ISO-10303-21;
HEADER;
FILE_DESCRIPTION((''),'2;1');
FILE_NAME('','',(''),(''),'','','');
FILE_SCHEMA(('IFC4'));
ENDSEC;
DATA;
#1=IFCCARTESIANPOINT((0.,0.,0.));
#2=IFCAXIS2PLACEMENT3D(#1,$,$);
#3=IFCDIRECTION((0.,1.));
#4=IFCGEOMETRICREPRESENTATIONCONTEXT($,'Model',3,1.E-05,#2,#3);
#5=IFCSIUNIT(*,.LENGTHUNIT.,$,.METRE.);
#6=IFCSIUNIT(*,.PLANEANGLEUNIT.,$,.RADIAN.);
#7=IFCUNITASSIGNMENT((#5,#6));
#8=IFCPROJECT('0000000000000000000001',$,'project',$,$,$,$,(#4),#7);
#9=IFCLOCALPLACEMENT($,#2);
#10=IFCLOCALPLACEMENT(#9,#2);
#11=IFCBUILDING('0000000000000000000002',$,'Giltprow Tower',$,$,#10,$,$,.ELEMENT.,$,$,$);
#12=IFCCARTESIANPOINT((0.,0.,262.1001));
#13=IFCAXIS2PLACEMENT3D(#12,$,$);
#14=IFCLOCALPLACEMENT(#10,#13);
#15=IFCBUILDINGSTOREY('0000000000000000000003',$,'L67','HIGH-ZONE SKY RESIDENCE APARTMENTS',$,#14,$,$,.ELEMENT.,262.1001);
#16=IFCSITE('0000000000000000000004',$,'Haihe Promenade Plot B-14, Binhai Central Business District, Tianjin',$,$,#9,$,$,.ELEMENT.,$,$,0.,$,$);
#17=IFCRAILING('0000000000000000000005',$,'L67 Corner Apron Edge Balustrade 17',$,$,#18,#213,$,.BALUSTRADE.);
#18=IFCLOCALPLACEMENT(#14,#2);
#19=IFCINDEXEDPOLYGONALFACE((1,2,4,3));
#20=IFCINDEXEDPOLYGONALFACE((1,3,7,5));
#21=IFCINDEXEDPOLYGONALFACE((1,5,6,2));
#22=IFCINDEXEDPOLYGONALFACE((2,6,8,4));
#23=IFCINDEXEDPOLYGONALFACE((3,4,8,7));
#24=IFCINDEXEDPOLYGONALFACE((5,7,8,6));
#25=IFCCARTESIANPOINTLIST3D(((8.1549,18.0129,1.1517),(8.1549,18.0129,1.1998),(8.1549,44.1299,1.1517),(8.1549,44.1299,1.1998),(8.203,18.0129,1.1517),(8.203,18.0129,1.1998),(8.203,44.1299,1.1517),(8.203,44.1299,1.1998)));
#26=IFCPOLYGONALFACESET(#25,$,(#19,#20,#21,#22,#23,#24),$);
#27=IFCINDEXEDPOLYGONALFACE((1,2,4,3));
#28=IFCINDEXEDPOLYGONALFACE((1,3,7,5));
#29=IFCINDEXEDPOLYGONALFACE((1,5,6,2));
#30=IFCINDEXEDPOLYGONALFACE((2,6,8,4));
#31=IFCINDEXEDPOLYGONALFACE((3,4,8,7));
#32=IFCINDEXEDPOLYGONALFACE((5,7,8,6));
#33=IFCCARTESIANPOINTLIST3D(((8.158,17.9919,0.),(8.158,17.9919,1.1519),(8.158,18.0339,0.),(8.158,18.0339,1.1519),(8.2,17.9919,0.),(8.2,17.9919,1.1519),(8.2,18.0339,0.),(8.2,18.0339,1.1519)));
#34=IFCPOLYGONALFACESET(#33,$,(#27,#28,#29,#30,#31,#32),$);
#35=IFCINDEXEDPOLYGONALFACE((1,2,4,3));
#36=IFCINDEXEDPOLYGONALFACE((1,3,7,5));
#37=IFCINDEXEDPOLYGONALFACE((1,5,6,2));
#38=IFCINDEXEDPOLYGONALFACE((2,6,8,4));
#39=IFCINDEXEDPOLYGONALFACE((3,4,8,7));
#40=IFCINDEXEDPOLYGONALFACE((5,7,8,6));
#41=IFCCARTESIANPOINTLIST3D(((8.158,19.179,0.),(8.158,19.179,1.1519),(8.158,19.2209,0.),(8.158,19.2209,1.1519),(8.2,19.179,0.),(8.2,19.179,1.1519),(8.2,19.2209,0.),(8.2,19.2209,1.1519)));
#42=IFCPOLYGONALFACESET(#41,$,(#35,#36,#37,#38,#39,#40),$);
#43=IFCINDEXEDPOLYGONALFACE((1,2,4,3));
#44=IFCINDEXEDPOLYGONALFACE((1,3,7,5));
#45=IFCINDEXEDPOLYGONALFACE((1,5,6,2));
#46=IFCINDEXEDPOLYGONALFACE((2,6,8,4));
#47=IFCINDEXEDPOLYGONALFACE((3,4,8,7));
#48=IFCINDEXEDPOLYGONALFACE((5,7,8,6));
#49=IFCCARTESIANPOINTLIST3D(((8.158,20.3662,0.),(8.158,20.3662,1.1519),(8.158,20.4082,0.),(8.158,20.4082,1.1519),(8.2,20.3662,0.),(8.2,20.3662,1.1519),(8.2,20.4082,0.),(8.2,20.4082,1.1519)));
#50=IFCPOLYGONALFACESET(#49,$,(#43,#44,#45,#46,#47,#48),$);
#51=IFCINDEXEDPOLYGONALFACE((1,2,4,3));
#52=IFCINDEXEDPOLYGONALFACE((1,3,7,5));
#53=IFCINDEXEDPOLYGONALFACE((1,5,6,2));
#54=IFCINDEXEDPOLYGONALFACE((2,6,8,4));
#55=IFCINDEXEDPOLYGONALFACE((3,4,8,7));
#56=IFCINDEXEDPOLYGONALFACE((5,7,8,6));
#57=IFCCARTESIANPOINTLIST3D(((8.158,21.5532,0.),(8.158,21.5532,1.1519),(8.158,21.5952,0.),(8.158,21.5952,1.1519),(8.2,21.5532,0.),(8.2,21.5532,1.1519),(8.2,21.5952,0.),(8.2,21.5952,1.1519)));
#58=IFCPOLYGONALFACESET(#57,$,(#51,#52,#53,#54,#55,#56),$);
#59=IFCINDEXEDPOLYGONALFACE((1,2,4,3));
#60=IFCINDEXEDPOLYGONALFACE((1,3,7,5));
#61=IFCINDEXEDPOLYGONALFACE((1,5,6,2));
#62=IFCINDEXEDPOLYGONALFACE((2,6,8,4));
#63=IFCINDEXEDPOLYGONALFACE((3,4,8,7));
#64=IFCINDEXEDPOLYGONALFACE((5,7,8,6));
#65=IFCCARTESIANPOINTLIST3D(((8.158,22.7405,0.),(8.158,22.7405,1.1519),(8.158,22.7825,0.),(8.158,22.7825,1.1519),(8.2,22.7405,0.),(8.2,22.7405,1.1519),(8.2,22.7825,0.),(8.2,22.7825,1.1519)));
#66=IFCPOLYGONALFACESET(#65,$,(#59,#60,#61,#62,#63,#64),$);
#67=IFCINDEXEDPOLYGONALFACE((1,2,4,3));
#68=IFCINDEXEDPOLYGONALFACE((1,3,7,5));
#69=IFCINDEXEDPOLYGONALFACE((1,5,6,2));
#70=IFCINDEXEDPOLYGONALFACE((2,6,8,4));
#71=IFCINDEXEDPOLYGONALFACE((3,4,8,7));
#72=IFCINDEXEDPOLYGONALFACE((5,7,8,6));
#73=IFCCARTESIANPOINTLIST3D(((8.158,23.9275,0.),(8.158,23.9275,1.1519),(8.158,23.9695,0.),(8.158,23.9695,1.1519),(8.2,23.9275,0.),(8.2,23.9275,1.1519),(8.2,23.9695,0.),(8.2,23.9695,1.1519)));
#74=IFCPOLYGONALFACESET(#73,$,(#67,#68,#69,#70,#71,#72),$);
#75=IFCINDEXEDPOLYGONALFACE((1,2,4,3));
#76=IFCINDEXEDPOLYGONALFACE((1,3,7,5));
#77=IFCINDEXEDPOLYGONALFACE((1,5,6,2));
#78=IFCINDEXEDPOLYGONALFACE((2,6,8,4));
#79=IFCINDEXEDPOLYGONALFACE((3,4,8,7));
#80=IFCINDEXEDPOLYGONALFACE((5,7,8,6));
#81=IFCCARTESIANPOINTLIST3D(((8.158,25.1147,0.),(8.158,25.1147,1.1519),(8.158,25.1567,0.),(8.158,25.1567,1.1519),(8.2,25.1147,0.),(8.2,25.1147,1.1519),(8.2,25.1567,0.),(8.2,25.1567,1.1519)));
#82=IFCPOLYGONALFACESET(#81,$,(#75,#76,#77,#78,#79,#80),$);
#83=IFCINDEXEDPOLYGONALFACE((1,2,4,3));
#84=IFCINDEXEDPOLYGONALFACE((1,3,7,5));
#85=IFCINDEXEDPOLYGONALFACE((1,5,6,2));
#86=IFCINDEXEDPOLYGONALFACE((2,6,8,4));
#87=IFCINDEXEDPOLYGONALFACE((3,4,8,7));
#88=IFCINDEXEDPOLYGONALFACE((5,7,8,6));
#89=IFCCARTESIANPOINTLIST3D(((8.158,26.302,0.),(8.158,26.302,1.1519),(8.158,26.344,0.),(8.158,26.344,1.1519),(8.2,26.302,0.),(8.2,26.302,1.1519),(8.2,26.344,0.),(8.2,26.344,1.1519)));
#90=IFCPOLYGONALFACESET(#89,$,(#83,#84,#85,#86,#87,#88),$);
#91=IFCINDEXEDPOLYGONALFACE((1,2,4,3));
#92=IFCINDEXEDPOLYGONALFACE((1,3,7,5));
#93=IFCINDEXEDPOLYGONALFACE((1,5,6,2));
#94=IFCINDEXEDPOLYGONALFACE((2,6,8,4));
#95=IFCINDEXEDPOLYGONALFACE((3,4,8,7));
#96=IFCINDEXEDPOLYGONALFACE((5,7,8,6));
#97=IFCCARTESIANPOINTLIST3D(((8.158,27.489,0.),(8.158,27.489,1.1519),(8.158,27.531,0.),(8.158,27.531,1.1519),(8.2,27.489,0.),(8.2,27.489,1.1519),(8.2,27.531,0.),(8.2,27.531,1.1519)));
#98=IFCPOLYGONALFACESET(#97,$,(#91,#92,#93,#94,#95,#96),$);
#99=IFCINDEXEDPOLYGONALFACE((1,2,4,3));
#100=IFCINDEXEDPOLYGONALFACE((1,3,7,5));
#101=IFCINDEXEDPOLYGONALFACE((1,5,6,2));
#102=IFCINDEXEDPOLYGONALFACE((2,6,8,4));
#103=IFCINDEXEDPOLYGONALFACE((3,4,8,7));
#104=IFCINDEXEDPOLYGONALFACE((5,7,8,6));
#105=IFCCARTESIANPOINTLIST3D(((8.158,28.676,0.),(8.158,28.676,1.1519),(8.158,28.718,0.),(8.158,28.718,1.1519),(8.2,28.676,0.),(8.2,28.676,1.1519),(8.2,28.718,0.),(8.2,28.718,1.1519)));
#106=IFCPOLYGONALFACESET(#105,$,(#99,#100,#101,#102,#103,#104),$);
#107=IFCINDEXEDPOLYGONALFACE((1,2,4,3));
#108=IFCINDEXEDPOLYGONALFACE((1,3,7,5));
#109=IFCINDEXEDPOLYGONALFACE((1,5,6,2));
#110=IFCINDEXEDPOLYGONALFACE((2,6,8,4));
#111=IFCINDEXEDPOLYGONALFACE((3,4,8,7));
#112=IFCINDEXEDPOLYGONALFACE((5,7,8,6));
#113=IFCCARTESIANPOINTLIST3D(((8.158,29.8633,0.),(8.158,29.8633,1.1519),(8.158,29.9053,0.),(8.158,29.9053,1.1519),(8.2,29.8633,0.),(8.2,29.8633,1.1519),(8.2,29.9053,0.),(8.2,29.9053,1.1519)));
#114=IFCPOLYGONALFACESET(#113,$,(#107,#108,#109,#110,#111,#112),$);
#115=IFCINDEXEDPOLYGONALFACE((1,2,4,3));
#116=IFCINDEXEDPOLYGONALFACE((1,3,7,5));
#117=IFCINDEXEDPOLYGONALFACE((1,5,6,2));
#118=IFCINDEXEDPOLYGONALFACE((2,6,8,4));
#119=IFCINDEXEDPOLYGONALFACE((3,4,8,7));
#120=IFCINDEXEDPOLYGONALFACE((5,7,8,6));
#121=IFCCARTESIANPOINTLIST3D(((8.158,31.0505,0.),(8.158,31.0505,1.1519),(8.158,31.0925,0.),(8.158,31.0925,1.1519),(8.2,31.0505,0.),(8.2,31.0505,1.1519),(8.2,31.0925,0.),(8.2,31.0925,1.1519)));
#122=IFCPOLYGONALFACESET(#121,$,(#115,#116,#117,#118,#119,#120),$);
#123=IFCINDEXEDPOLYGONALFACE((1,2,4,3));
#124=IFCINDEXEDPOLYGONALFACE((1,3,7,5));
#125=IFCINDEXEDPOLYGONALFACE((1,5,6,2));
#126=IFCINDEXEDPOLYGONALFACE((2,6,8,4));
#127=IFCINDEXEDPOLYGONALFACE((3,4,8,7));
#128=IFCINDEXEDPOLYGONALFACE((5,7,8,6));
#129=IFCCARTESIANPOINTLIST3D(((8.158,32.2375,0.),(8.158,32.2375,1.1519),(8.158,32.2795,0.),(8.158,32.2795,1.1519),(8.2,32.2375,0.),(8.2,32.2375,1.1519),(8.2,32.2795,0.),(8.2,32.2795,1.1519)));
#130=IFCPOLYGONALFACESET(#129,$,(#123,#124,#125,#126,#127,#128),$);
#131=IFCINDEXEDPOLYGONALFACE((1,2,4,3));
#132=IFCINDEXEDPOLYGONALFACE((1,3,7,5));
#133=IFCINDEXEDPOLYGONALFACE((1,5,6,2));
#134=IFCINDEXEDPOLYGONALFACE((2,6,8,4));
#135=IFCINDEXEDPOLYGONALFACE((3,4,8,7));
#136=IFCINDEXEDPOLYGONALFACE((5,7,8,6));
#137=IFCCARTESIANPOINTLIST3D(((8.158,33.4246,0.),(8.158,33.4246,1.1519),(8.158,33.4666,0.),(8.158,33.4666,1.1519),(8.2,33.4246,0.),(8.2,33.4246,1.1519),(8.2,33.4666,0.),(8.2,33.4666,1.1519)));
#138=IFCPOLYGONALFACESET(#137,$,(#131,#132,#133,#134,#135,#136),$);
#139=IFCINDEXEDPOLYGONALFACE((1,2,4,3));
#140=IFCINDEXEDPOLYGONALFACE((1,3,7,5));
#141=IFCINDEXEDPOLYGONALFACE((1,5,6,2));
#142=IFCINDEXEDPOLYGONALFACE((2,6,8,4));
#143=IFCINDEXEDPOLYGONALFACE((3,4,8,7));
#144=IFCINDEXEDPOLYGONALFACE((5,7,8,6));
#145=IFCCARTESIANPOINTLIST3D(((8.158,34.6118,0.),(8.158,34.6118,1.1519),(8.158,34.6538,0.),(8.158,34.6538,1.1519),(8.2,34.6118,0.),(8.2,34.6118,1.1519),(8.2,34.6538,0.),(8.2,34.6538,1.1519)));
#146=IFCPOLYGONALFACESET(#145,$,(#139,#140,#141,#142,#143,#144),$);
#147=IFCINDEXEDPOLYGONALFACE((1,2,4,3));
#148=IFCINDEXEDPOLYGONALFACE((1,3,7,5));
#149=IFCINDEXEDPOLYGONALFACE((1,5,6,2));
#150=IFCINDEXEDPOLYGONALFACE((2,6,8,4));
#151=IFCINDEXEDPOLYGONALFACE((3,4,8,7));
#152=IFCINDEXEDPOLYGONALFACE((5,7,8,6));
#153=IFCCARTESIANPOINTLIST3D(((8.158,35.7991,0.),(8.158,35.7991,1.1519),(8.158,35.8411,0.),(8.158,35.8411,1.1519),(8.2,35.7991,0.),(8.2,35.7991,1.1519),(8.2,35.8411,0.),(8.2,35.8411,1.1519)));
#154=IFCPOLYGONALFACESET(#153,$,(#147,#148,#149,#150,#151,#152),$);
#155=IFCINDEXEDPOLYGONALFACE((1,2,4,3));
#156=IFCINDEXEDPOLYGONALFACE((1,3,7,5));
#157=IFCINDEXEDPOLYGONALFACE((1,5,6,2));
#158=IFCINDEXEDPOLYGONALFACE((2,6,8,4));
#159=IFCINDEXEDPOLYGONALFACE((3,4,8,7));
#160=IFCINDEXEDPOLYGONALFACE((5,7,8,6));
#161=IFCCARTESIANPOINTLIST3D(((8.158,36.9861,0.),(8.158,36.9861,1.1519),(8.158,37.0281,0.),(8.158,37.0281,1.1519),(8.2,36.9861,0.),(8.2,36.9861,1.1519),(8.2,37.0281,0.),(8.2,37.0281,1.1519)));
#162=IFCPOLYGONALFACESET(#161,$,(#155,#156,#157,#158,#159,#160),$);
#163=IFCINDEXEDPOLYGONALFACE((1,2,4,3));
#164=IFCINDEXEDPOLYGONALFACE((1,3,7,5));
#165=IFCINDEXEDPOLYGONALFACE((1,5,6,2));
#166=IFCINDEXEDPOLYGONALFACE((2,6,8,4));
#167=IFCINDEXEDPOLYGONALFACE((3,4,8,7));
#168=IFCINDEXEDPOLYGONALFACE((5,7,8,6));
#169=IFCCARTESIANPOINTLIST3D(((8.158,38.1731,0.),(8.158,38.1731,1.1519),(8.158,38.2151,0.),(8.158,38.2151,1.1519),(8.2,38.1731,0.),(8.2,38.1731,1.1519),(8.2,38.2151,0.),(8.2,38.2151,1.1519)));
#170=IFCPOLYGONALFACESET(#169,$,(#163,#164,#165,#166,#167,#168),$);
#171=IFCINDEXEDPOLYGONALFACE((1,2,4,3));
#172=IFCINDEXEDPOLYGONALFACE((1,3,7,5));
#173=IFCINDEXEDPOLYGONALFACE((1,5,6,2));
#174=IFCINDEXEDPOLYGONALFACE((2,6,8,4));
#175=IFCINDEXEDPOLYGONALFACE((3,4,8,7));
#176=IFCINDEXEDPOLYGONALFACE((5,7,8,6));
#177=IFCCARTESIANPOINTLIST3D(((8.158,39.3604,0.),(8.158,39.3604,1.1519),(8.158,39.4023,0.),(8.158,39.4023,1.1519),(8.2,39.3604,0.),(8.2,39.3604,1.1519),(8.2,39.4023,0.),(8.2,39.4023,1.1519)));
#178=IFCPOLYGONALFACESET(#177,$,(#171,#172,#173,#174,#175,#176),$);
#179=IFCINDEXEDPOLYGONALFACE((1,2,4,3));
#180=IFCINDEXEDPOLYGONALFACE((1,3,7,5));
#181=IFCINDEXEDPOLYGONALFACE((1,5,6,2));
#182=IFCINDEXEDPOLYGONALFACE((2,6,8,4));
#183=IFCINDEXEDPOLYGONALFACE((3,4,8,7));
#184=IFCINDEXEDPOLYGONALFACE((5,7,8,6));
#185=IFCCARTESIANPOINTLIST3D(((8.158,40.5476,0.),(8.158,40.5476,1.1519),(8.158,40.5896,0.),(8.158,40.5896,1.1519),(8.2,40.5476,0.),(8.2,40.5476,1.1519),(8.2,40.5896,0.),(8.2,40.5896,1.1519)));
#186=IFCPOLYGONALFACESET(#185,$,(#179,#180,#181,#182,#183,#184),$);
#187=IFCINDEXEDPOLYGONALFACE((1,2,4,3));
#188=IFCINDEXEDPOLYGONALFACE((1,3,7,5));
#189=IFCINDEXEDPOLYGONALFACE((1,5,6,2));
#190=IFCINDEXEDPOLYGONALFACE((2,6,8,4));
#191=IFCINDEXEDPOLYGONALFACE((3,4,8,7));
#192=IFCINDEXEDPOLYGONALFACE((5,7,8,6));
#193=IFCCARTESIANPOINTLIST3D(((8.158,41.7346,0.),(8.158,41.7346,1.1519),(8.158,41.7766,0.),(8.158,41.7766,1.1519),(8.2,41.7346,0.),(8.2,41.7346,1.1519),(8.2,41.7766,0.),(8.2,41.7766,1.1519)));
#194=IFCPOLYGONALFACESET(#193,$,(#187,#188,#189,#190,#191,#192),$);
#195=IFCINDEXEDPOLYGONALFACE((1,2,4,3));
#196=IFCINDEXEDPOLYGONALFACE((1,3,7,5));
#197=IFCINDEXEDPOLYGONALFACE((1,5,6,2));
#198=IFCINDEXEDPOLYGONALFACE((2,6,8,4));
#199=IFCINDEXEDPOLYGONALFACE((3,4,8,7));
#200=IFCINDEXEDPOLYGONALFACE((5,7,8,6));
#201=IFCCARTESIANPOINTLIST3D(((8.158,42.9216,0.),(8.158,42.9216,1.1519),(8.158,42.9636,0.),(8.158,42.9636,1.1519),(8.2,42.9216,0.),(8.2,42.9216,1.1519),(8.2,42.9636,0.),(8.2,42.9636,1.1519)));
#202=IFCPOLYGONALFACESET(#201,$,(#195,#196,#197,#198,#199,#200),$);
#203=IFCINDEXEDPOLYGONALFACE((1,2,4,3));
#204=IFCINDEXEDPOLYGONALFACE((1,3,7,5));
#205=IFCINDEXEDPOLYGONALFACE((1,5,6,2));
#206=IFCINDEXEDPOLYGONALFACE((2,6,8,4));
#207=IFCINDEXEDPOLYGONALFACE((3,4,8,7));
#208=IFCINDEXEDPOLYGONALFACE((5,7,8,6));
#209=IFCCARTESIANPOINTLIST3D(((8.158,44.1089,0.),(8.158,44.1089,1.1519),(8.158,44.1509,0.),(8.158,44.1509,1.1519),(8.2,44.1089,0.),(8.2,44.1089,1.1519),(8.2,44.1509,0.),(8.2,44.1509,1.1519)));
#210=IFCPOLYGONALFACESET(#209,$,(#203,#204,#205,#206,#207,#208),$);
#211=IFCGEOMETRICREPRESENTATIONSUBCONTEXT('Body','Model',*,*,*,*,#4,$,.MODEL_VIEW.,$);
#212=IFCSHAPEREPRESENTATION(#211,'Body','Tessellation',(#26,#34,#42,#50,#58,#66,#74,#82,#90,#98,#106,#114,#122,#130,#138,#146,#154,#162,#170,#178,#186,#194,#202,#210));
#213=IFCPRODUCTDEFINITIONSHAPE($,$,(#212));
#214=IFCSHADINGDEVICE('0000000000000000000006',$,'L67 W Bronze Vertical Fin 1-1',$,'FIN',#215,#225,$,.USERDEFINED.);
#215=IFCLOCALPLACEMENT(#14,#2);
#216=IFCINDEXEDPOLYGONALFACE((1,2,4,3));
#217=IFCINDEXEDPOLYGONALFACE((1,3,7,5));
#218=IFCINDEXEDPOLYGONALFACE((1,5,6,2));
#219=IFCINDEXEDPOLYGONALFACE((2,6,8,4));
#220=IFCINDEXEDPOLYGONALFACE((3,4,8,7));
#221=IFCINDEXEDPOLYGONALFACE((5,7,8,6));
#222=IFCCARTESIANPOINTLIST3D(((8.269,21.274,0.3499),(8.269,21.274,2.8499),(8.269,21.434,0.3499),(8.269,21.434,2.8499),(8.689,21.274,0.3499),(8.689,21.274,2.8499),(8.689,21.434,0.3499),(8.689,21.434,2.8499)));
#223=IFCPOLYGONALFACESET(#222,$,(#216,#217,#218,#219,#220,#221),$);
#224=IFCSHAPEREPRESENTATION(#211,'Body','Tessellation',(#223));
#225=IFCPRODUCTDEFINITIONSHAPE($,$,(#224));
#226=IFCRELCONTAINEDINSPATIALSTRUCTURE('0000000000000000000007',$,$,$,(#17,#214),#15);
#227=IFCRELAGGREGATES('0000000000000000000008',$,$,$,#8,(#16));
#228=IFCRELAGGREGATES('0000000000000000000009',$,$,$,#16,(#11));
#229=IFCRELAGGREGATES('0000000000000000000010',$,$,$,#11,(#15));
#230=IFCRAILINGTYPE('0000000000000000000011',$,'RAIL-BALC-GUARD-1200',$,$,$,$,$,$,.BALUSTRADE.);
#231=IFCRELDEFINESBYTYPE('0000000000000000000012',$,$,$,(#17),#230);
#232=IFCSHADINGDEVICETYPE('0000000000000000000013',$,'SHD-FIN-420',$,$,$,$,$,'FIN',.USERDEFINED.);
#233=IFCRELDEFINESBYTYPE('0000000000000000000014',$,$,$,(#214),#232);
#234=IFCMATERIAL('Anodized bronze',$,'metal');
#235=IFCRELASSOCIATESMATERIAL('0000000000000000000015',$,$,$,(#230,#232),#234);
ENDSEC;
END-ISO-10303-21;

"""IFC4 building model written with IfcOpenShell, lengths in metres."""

from ifc_helpers import new_model, si_unit, direction, frame, origin, origin_2d, place, context, subcontext, project, spatial, rectangle, extrude, source, transform, mapped, material, type_object, element, save


model = new_model("IFC4")

# Units and contexts
model_context = context("Model", 3, precision=1e-05, world=origin(), true_north=direction((0.0, 1.0)))
body_context = subcontext(model_context, "Body", "Model", "MODEL_VIEW")
ifc_project = project(units=[si_unit("LENGTHUNIT", "METRE"), si_unit("PLANEANGLEUNIT", "RADIAN")], contexts=[model_context])

# Site, building, storey
site_placement = place(None, origin())
site = spatial("IfcSite", under=ifc_project, at=site_placement, Name="Haihe Promenade Plot B-14, Binhai Central Business District, Tianjin", CompositionType="ELEMENT", RefElevation=0.0)
building_placement = place(site_placement, origin())
building = spatial("IfcBuilding", under=site, at=building_placement, Name="Giltprow Tower", CompositionType="ELEMENT")
storey_placement = place(building_placement, frame((0.0, 0.0, 262.1001)))
storey = spatial("IfcBuildingStorey", under=building, at=storey_placement, Name="L67", Description="HIGH-ZONE SKY RESIDENCE APARTMENTS", CompositionType="ELEMENT", Elevation=262.1001)

# Shared definitions
ifc_material_1 = material(Name="Anodized bronze", Category="metal")

# Railing
railing_type = type_object("IfcRailingType", Name="RAIL-BALC-GUARD-1200", PredefinedType="BALUSTRADE", material=ifc_material_1)
railing_1_placement = place(storey_placement, frame((8.179, 18.0129, 0.0)))
element("IfcRailing", 1, at=railing_1_placement, inside=storey, type_object=railing_type, Name="L67 Corner Apron Edge Balustrade 17", PredefinedType="BALUSTRADE", context=body_context, shape_type="SweptSolid", body=[
    extrude(rectangle(XDim=0.0481, YDim=0.0481, at=origin_2d()), frame((0.0, 0.0, 1.1758), z_axis=(0.0, 1.0, 0.0), x_axis=(-1.0, 0.0, 0.0)), (0.0, 0.0, 1.0), 26.1169),
    extrude(rectangle(XDim=0.042, YDim=0.042, at=origin_2d()), origin(), (0.0, 0.0, 1.0), 1.1519),
    extrude(rectangle(XDim=0.042, YDim=0.042, at=origin_2d()), frame((0.0, 1.187, 0.0)), (0.0, 0.0, 1.0), 1.1519),
    extrude(rectangle(XDim=0.042, YDim=0.042, at=origin_2d()), frame((0.0, 2.3743, 0.0)), (0.0, 0.0, 1.0), 1.1519),
    extrude(rectangle(XDim=0.042, YDim=0.042, at=origin_2d()), frame((0.0, 3.5613, 0.0)), (0.0, 0.0, 1.0), 1.1519),
    extrude(rectangle(XDim=0.042, YDim=0.042, at=origin_2d()), frame((0.0, 4.7485, 0.0)), (0.0, 0.0, 1.0), 1.1519),
    extrude(rectangle(XDim=0.042, YDim=0.042, at=origin_2d()), frame((0.0, 5.9355, 0.0)), (0.0, 0.0, 1.0), 1.1519),
    extrude(rectangle(XDim=0.042, YDim=0.042, at=origin_2d()), frame((0.0, 7.1228, 0.0)), (0.0, 0.0, 1.0), 1.1519),
    extrude(rectangle(XDim=0.042, YDim=0.042, at=origin_2d()), frame((0.0, 8.3101, 0.0)), (0.0, 0.0, 1.0), 1.1519),
    extrude(rectangle(XDim=0.042, YDim=0.042, at=origin_2d()), frame((0.0, 9.4971, 0.0)), (0.0, 0.0, 1.0), 1.1519),
    extrude(rectangle(XDim=0.042, YDim=0.042, at=origin_2d()), frame((0.0, 10.6841, 0.0)), (0.0, 0.0, 1.0), 1.1519),
    extrude(rectangle(XDim=0.042, YDim=0.042, at=origin_2d()), frame((0.0, 11.8713, 0.0)), (0.0, 0.0, 1.0), 1.1519),
    extrude(rectangle(XDim=0.042, YDim=0.042, at=origin_2d()), frame((0.0, 13.0586, 0.0)), (0.0, 0.0, 1.0), 1.1519),
    extrude(rectangle(XDim=0.042, YDim=0.042, at=origin_2d()), frame((0.0, 14.2456, 0.0)), (0.0, 0.0, 1.0), 1.1519),
    extrude(rectangle(XDim=0.042, YDim=0.042, at=origin_2d()), frame((0.0, 15.4326, 0.0)), (0.0, 0.0, 1.0), 1.1519),
    extrude(rectangle(XDim=0.042, YDim=0.042, at=origin_2d()), frame((0.0, 16.6199, 0.0)), (0.0, 0.0, 1.0), 1.1519),
    extrude(rectangle(XDim=0.042, YDim=0.042, at=origin_2d()), frame((0.0, 17.8071, 0.0)), (0.0, 0.0, 1.0), 1.1519),
    extrude(rectangle(XDim=0.042, YDim=0.042, at=origin_2d()), frame((0.0, 18.9941, 0.0)), (0.0, 0.0, 1.0), 1.1519),
    extrude(rectangle(XDim=0.042, YDim=0.042, at=origin_2d()), frame((0.0, 20.1812, 0.0)), (0.0, 0.0, 1.0), 1.1519),
    extrude(rectangle(XDim=0.042, YDim=0.042, at=origin_2d()), frame((0.0, 21.3684, 0.0)), (0.0, 0.0, 1.0), 1.1519),
    extrude(rectangle(XDim=0.042, YDim=0.042, at=origin_2d()), frame((0.0, 22.5557, 0.0)), (0.0, 0.0, 1.0), 1.1519),
    extrude(rectangle(XDim=0.042, YDim=0.042, at=origin_2d()), frame((0.0, 23.7427, 0.0)), (0.0, 0.0, 1.0), 1.1519),
    extrude(rectangle(XDim=0.042, YDim=0.042, at=origin_2d()), frame((0.0, 24.9297, 0.0)), (0.0, 0.0, 1.0), 1.1519),
    extrude(rectangle(XDim=0.042, YDim=0.042, at=origin_2d()), frame((0.0, 26.1169, 0.0)), (0.0, 0.0, 1.0), 1.1519),
])

# Shading device
shading_device_type = type_object("IfcShadingDeviceType", Name="SHD-FIN-420", ElementType="FIN", PredefinedType="USERDEFINED", material=ifc_material_1)
shared_shape_1 = source(origin(), body_context, "Body", "SweptSolid", [
    extrude(rectangle(XDim=0.4199, YDim=0.1599, at=origin_2d()), origin(), (0.0, 0.0, 1.0), 2.5),
])
shading_device_placement = place(storey_placement, frame((8.479, 21.354, 0.3499), z_axis=(0.0, 0.0, 1.0), x_axis=(1.0, 0.0, 0.0)))
element("IfcShadingDevice", 2, at=shading_device_placement, inside=storey, type_object=shading_device_type, Name="L67 W Bronze Vertical Fin 1-1", ObjectType="FIN", PredefinedType="USERDEFINED", context=body_context, shape_type="MappedRepresentation", body=[
    mapped(shared_shape_1, transform((0.0, 0.0, 0.0), x_axis=(1.0, 0.0, 0.0), y_axis=(0.0, 1.0, 0.0), z_axis=(0.0, 0.0, 1.0), scale=1.0)),
])

save(model, "model.ifc")
